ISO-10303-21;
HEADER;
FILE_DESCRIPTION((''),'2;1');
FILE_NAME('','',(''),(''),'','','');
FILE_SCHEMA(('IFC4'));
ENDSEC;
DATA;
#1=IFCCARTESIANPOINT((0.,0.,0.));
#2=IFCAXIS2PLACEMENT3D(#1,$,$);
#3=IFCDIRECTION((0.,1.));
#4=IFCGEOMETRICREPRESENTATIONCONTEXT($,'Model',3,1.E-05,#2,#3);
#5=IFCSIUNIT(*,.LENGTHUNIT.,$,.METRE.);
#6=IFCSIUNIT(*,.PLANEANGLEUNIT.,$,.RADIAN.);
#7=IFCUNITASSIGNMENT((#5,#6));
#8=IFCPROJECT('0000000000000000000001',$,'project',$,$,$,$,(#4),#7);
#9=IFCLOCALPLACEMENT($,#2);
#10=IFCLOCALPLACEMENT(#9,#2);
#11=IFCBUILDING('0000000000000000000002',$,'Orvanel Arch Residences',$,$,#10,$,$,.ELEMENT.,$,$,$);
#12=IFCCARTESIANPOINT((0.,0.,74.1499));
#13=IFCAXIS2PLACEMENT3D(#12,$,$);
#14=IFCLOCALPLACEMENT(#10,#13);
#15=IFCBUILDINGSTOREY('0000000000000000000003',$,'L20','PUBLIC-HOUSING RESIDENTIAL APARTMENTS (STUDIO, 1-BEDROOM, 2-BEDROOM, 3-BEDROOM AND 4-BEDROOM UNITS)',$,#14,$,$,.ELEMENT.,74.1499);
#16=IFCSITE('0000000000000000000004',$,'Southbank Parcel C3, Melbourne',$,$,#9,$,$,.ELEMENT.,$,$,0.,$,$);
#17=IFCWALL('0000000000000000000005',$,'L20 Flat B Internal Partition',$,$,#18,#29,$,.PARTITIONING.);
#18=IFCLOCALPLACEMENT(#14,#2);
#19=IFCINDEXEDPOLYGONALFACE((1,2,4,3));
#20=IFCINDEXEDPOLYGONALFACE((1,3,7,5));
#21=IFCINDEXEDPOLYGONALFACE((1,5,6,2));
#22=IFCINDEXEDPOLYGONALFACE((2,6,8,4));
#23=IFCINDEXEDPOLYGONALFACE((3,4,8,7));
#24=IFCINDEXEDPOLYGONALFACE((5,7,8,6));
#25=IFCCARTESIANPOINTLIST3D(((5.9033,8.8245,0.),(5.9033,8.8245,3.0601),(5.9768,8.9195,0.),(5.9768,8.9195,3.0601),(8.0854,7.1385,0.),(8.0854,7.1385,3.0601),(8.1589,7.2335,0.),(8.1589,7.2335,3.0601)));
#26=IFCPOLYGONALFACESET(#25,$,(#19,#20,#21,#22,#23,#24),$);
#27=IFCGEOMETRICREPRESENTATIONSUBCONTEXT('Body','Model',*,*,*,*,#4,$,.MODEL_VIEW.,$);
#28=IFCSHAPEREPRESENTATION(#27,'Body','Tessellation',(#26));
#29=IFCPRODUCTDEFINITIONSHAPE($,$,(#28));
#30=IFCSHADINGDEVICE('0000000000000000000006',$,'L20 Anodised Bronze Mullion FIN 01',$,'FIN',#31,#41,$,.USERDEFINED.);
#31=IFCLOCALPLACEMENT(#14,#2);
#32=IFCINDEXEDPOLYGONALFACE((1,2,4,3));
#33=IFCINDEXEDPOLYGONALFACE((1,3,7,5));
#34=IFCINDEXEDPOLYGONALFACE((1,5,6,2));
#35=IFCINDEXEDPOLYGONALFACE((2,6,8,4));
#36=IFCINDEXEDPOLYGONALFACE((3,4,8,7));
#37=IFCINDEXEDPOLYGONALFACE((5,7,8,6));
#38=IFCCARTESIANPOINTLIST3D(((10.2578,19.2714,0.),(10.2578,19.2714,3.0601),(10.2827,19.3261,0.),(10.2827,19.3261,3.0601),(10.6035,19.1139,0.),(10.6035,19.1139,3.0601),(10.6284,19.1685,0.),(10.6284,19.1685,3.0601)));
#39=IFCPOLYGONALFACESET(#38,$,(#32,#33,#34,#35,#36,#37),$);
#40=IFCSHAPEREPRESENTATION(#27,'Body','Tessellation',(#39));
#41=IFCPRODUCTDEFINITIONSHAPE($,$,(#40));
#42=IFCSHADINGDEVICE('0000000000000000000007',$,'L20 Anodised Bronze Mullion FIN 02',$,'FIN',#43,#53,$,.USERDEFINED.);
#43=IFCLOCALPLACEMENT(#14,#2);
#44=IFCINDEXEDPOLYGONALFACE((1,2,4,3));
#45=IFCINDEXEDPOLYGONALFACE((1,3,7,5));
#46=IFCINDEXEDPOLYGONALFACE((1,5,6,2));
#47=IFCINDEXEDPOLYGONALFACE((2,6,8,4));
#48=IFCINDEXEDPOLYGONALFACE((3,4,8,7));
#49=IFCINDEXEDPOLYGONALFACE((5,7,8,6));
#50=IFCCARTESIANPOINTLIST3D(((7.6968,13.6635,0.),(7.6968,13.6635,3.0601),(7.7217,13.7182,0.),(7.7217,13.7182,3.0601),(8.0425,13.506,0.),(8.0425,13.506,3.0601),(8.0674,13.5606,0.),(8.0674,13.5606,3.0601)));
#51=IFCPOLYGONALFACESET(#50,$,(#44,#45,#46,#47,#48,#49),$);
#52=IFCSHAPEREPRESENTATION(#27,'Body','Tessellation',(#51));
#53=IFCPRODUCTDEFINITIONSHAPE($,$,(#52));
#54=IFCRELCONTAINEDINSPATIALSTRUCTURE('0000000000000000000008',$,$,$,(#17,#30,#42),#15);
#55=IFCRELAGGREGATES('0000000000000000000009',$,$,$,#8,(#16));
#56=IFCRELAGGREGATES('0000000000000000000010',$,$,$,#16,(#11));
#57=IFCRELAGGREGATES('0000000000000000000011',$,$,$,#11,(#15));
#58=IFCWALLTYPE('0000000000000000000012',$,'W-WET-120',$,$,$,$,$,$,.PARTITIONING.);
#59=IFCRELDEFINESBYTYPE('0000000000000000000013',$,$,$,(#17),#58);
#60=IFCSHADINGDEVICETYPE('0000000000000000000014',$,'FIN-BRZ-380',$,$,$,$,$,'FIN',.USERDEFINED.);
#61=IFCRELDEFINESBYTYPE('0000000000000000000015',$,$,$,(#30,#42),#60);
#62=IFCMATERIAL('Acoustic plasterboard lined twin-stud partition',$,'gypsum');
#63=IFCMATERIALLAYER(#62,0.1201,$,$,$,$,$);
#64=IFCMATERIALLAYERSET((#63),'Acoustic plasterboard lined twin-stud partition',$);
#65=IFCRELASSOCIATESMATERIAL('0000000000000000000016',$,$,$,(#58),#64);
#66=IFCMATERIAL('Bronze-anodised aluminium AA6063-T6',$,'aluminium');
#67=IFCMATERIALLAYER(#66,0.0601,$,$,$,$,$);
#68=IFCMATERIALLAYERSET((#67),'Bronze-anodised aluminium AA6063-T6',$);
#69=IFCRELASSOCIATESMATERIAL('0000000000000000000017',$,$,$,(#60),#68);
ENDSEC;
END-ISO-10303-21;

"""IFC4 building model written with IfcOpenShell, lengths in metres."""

from ifc_helpers import new_model, si_unit, direction, frame, frame_2d, origin, origin_2d, place, context, subcontext, project, spatial, rectangle, extrude, material, layer, layer_set, type_object, element, save


model = new_model("IFC4")

# Units and contexts
model_context = context("Model", 3, precision=1e-05, world=origin(), true_north=direction((0.0, 1.0)))
body_context = subcontext(model_context, "Body", "Model", "MODEL_VIEW")
ifc_project = project(units=[si_unit("LENGTHUNIT", "METRE"), si_unit("PLANEANGLEUNIT", "RADIAN")], contexts=[model_context])

# Site, building, storey
site_placement = place(None, origin())
site = spatial("IfcSite", under=ifc_project, at=site_placement, Name="Southbank Parcel C3, Melbourne", CompositionType="ELEMENT", RefElevation=0.0)
building_placement = place(site_placement, origin())
building = spatial("IfcBuilding", under=site, at=building_placement, Name="Orvanel Arch Residences", CompositionType="ELEMENT")
storey_placement = place(building_placement, frame((0.0, 0.0, 74.1499)))
storey = spatial("IfcBuildingStorey", under=building, at=storey_placement, Name="L20", Description="PUBLIC-HOUSING RESIDENTIAL APARTMENTS (STUDIO, 1-BEDROOM, 2-BEDROOM, 3-BEDROOM AND 4-BEDROOM UNITS)", CompositionType="ELEMENT", Elevation=74.1499)

# Shared definitions
ifc_material_1 = material(Name="Bronze-anodised aluminium AA6063-T6", Category="aluminium")

# Shared definitions
ifc_material_2 = material(Name="Acoustic plasterboard lined twin-stud partition", Category="gypsum")

# Wall
ifc_layer_1 = layer(ifc_material_2, 0.1201)
ifc_layer_set_1 = layer_set([ifc_layer_1], Name="Acoustic plasterboard lined twin-stud partition")
wall_type_1 = type_object("IfcWallType", Name="W-WET-120", PredefinedType="PARTITIONING", material=ifc_layer_set_1)
wall_1_placement = place(storey_placement, frame((5.9399, 8.8721, 0.0), z_axis=(0.0, 0.0, 1.0), x_axis=(0.791312, -0.611412, 0.0)))
element("IfcWall", 1, at=wall_1_placement, inside=storey, type_object=wall_type_1, Name="L20 Flat B Internal Partition", PredefinedType="PARTITIONING", context=body_context, shape_type="SweptSolid", body=[
    extrude(rectangle(XDim=2.7576, YDim=0.1201, at=frame_2d((1.3789, 0.0))), origin(), (0.0, 0.0, 1.0), 3.0601),
])

# Shading devices
ifc_layer_2 = layer(ifc_material_1, 0.0601)
ifc_layer_set_2 = layer_set([ifc_layer_2], Name="Bronze-anodised aluminium AA6063-T6")
shading_device_type = type_object("IfcShadingDeviceType", Name="FIN-BRZ-380", ElementType="FIN", PredefinedType="USERDEFINED", material=ifc_layer_set_2)
for number, where, z_axis, x_axis, name in (
    (2, (10.4431, 19.22, 0.0), (0.0, 0.0, 1.0), (-0.909961, 0.414693, 0.0), "L20 Anodised Bronze Mullion FIN 01"),
    (3, (7.8821, 13.6121, 0.0), (0.0, 0.0, 1.0), (-0.909961, 0.414693, 0.0), "L20 Anodised Bronze Mullion FIN 02"),
):
    element("IfcShadingDevice", number, at=place(storey_placement, frame(where, z_axis=z_axis, x_axis=x_axis)), inside=storey, type_object=shading_device_type, Name=name, ObjectType="FIN", PredefinedType="USERDEFINED", context=body_context, shape_type="SweptSolid", body=[
        extrude(rectangle(XDim=0.3799, YDim=0.0601, at=origin_2d()), origin(), (0.0, 0.0, 1.0), 3.0601),
    ])

save(model, "model.ifc")
